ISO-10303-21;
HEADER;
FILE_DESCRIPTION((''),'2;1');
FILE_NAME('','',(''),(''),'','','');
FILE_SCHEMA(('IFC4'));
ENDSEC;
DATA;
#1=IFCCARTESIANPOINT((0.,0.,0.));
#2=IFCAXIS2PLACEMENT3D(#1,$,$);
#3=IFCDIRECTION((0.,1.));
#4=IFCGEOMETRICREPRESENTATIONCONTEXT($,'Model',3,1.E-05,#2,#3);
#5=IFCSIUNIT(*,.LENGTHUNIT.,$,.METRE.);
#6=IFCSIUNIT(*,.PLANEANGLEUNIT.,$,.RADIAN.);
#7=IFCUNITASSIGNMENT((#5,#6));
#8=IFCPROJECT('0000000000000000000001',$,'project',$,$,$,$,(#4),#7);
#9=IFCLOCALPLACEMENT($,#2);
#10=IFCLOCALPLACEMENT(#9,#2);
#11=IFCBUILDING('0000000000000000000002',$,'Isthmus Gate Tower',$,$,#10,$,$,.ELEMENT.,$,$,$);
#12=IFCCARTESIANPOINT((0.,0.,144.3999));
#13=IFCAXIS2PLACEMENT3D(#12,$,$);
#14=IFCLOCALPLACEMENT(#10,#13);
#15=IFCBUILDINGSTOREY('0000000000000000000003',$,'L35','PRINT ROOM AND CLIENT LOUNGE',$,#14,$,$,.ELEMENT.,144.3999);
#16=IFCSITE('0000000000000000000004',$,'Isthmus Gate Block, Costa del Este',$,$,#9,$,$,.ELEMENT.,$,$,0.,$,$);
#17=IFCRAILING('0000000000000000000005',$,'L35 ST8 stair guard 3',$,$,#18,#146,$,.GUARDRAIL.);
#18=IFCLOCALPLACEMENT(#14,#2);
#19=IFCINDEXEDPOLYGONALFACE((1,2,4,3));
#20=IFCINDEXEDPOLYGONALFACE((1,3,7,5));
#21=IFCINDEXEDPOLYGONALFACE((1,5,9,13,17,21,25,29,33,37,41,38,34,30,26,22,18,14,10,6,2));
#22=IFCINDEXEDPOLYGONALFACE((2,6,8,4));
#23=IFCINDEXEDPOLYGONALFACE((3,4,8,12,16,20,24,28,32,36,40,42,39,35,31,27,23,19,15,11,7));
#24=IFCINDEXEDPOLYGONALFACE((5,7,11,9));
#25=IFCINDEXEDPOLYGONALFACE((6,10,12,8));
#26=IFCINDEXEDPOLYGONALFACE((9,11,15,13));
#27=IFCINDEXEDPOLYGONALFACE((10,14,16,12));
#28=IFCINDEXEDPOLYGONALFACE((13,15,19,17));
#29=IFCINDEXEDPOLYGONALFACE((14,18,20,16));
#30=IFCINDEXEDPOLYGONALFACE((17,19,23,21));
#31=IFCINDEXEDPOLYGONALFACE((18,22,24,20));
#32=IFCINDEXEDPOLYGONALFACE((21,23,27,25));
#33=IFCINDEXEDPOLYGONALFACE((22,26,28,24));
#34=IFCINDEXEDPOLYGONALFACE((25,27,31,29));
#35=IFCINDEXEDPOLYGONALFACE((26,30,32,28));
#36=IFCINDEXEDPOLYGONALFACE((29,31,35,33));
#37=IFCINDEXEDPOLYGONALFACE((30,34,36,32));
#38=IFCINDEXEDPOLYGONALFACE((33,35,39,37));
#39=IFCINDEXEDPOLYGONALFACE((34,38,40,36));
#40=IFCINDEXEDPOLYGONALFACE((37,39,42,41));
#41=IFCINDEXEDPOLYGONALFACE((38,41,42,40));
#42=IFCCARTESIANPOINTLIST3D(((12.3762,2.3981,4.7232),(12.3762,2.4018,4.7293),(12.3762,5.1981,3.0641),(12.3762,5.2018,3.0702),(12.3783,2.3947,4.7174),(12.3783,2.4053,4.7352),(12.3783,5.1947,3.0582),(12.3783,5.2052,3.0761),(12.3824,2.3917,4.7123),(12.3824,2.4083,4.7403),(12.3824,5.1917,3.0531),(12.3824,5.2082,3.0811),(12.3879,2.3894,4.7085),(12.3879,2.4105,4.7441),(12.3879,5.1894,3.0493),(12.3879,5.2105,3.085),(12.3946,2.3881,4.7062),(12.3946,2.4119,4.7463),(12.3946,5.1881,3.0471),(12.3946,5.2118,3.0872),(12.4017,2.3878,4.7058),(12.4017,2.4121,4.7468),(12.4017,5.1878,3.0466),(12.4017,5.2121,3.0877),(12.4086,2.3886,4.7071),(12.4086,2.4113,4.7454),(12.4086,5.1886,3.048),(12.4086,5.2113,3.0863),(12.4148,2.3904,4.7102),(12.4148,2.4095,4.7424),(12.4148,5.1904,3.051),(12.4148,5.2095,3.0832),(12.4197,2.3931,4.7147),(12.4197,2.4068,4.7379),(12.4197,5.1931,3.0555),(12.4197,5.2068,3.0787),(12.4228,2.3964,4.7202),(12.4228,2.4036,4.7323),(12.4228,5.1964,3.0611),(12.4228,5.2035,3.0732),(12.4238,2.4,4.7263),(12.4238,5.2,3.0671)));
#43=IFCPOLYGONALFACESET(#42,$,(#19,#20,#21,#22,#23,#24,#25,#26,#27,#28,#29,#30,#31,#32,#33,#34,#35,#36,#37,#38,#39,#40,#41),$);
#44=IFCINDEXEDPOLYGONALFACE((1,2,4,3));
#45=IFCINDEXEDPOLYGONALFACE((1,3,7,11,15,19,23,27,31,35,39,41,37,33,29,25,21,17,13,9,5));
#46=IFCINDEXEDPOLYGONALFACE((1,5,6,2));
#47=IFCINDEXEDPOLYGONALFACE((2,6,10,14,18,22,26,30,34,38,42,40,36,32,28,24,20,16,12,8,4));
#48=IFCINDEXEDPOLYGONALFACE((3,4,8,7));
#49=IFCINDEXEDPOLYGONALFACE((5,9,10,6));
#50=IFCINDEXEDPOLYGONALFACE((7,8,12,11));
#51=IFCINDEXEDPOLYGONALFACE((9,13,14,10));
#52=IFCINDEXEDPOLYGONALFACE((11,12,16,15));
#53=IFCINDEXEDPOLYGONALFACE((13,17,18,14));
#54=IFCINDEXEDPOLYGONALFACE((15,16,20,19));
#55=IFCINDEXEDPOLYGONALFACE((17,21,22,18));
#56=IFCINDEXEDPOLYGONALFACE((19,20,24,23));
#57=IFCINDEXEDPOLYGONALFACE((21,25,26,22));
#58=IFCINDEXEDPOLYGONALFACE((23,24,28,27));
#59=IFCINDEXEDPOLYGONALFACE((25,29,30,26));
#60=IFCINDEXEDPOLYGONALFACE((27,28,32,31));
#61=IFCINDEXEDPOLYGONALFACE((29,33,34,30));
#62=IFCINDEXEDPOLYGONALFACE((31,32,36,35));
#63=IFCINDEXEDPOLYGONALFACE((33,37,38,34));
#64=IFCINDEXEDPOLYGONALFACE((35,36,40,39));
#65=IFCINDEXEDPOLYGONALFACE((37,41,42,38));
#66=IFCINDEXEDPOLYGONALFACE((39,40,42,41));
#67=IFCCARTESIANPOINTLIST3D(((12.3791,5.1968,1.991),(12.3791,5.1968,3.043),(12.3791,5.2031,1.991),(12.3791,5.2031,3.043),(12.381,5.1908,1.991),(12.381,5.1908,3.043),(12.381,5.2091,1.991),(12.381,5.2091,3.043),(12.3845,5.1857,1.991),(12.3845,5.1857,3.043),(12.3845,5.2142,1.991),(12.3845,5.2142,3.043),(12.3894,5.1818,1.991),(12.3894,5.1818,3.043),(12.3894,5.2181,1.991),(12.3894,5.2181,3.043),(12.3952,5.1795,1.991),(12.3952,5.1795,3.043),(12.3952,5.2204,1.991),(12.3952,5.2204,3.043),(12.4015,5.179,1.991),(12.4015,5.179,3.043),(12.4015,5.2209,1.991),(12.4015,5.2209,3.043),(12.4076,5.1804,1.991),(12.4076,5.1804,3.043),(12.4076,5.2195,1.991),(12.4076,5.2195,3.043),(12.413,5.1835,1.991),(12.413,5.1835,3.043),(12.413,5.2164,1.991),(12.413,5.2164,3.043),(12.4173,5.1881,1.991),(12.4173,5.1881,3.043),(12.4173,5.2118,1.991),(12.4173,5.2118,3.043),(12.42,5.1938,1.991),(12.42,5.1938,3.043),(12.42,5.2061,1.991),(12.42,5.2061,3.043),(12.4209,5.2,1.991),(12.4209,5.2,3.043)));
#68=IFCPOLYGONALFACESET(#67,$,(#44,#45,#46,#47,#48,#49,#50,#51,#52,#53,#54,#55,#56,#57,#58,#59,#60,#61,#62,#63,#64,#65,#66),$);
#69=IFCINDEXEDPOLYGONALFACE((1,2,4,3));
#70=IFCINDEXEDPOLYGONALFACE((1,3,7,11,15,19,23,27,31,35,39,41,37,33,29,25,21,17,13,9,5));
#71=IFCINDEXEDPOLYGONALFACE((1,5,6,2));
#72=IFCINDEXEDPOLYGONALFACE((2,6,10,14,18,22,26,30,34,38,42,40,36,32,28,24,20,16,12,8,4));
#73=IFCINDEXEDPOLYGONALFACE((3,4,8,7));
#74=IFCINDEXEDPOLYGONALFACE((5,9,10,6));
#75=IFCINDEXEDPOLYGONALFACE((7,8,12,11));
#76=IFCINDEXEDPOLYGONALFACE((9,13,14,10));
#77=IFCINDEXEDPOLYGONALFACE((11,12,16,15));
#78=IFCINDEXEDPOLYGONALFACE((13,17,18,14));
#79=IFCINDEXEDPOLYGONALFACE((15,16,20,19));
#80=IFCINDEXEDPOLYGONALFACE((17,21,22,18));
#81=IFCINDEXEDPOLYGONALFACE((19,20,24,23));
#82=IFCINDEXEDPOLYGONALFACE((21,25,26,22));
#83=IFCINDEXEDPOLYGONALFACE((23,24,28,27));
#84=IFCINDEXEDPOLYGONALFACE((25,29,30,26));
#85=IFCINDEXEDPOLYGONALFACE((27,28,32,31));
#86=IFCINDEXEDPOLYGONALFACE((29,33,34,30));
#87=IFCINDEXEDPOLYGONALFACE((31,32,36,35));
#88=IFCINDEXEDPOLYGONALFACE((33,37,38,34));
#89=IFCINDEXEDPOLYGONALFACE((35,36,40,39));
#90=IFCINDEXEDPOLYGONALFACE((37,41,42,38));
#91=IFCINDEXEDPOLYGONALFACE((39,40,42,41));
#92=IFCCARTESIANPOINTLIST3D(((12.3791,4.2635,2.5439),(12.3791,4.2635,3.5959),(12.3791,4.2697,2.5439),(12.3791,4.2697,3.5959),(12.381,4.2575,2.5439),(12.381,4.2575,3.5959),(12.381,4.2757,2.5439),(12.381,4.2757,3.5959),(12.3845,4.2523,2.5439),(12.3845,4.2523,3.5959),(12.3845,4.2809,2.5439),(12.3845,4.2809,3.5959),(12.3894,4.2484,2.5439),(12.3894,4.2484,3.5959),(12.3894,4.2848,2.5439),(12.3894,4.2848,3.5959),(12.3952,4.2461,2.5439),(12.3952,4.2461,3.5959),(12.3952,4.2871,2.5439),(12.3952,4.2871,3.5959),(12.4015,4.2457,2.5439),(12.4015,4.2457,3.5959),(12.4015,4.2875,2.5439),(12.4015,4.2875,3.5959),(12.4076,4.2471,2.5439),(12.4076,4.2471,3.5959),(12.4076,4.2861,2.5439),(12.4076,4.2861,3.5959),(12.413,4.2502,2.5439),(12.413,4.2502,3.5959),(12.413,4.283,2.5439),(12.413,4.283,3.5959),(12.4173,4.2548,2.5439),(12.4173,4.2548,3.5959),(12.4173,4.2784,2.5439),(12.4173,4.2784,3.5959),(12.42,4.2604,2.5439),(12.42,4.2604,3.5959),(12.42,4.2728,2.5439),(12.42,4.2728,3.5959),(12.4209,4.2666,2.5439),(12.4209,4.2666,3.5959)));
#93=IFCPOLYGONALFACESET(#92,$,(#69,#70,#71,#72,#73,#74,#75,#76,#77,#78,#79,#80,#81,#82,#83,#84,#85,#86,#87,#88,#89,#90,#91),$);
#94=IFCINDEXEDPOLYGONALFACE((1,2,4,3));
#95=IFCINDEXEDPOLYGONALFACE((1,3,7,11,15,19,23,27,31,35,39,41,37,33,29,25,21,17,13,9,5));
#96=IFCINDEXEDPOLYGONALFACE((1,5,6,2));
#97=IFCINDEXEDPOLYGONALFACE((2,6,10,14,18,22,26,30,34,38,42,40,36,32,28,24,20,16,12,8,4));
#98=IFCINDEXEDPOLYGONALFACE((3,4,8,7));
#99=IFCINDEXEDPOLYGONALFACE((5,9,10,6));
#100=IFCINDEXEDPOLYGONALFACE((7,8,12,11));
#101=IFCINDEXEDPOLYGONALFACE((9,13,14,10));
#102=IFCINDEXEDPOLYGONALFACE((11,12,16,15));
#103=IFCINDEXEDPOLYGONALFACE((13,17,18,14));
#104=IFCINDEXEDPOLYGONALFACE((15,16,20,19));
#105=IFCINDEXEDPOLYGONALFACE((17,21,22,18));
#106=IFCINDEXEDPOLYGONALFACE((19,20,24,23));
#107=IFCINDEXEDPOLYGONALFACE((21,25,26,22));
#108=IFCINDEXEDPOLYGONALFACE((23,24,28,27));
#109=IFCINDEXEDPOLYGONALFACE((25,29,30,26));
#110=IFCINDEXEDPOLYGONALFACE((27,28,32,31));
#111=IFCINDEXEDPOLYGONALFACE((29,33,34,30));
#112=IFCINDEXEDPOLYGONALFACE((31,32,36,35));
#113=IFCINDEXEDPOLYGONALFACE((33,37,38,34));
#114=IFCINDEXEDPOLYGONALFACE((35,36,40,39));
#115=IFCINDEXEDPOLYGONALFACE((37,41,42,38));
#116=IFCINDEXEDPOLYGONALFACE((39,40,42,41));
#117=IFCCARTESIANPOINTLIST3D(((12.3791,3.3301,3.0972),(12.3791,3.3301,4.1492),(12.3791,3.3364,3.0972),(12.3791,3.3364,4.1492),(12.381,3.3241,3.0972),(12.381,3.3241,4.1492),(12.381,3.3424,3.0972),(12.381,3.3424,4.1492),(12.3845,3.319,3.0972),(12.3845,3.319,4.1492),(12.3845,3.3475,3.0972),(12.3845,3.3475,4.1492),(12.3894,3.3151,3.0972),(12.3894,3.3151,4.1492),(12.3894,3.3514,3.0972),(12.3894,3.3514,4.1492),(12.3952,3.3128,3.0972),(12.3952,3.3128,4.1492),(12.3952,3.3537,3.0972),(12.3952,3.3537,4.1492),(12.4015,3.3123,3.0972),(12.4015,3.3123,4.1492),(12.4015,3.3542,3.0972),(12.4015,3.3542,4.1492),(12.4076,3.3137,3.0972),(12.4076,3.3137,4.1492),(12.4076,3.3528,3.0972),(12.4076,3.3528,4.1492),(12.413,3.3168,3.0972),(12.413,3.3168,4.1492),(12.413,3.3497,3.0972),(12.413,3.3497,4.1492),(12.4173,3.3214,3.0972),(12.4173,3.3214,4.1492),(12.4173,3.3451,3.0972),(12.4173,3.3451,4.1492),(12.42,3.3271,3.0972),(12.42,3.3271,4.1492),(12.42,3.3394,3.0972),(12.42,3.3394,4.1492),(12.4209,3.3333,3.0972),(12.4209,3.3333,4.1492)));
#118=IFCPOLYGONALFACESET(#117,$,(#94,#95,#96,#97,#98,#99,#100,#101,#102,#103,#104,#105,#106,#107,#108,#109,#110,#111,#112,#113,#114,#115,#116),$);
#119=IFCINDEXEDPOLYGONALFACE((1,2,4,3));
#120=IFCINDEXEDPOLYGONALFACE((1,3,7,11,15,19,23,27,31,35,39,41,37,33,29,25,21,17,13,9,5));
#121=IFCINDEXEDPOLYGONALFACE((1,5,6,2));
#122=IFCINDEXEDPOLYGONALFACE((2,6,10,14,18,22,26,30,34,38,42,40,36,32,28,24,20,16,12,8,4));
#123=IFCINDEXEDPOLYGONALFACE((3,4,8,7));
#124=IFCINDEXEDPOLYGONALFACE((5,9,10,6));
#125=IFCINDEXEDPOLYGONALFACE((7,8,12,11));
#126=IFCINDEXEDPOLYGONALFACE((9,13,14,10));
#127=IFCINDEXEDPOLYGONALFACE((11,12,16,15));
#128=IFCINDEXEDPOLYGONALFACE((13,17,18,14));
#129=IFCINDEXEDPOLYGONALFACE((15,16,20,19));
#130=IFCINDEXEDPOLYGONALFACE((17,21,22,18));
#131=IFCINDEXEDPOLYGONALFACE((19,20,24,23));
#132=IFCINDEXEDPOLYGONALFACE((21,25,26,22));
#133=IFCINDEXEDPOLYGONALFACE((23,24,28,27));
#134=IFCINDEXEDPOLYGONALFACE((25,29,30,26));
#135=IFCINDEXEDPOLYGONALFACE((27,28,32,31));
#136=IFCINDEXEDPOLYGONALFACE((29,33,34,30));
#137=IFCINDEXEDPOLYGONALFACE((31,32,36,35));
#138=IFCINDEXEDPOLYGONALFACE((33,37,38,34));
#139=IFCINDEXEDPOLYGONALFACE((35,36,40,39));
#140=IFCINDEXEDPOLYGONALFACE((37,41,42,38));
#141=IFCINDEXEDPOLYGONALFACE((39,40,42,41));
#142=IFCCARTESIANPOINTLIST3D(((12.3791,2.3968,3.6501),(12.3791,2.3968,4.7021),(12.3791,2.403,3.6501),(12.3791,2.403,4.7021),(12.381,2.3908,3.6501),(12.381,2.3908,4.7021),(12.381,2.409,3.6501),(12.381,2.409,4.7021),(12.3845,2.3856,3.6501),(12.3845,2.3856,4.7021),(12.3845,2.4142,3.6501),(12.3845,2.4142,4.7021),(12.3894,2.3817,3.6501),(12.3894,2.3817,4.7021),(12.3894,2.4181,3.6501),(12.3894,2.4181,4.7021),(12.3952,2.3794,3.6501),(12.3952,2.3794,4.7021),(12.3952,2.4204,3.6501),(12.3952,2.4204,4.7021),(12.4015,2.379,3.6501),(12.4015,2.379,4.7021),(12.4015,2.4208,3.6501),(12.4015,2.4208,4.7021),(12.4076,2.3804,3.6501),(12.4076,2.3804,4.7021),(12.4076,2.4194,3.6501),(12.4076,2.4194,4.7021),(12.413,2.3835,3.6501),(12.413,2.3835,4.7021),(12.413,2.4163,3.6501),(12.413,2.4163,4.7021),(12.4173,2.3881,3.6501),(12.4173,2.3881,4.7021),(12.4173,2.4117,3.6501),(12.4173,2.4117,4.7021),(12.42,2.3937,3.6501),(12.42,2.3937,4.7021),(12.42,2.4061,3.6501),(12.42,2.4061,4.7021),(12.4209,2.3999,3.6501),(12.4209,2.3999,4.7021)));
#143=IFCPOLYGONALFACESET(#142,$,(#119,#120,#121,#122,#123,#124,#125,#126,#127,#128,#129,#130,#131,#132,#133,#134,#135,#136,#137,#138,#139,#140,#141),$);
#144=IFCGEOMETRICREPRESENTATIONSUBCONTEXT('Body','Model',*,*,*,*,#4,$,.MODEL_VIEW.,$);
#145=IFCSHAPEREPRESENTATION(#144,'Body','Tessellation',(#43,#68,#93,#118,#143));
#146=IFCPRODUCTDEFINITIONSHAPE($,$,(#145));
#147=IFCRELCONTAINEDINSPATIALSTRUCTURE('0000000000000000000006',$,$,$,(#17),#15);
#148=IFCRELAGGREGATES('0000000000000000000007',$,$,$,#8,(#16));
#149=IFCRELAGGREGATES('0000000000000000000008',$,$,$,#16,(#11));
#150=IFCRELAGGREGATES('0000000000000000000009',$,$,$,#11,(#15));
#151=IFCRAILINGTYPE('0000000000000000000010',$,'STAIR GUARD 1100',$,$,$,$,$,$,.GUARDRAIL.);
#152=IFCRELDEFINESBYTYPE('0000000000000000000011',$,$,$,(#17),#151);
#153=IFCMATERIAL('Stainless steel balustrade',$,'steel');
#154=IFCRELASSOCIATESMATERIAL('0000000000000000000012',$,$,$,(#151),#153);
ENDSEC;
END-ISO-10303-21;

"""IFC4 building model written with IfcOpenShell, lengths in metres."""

from ifc_helpers import new_model, si_unit, direction, frame, origin, origin_2d, place, context, subcontext, project, spatial, circle, extrude, material, type_object, element, save


model = new_model("IFC4")

# Units and contexts
model_context = context("Model", 3, precision=1e-05, world=origin(), true_north=direction((0.0, 1.0)))
body_context = subcontext(model_context, "Body", "Model", "MODEL_VIEW")
ifc_project = project(units=[si_unit("LENGTHUNIT", "METRE"), si_unit("PLANEANGLEUNIT", "RADIAN")], contexts=[model_context])

# Site, building, storey
site_placement = place(None, origin())
site = spatial("IfcSite", under=ifc_project, at=site_placement, Name="Isthmus Gate Block, Costa del Este", CompositionType="ELEMENT", RefElevation=0.0)
building_placement = place(site_placement, origin())
building = spatial("IfcBuilding", under=site, at=building_placement, Name="Isthmus Gate Tower", CompositionType="ELEMENT")
storey_placement = place(building_placement, frame((0.0, 0.0, 144.3999)))
storey = spatial("IfcBuildingStorey", under=building, at=storey_placement, Name="L35", Description="PRINT ROOM AND CLIENT LOUNGE", CompositionType="ELEMENT", Elevation=144.3999)

# Railing
ifc_material_1 = material(Name="Stainless steel balustrade", Category="steel")
railing_type_1 = type_object("IfcRailingType", Name="STAIR GUARD 1100", PredefinedType="GUARDRAIL", material=ifc_material_1)
railing_1_placement = place(storey_placement, frame((12.3999, 5.2, 1.991)))
element("IfcRailing", 1, at=railing_1_placement, inside=storey, type_object=railing_type_1, Name="L35 ST8 stair guard 3", PredefinedType="GUARDRAIL", context=body_context, shape_type="SweptSolid", body=[
    extrude(circle(Radius=0.0239, at=origin_2d()), frame((0.0, 0.0, 1.0762), z_axis=(0.0, -0.860306, 0.509778), x_axis=(1.0, 0.0, 0.0)), (0.0, 0.0, 1.0), 3.2546),
    extrude(circle(Radius=0.021, at=origin_2d()), origin(), (0.0, 0.0, 1.0), 1.052),
    extrude(circle(Radius=0.021, at=origin_2d()), frame((0.0, -0.9333, 0.553)), (0.0, 0.0, 1.0), 1.052),
    extrude(circle(Radius=0.021, at=origin_2d()), frame((0.0, -1.8667, 1.1062)), (0.0, 0.0, 1.0), 1.052),
    extrude(circle(Radius=0.021, at=origin_2d()), frame((0.0, -2.8, 1.6592)), (0.0, 0.0, 1.0), 1.052),
])

save(model, "model.ifc")
